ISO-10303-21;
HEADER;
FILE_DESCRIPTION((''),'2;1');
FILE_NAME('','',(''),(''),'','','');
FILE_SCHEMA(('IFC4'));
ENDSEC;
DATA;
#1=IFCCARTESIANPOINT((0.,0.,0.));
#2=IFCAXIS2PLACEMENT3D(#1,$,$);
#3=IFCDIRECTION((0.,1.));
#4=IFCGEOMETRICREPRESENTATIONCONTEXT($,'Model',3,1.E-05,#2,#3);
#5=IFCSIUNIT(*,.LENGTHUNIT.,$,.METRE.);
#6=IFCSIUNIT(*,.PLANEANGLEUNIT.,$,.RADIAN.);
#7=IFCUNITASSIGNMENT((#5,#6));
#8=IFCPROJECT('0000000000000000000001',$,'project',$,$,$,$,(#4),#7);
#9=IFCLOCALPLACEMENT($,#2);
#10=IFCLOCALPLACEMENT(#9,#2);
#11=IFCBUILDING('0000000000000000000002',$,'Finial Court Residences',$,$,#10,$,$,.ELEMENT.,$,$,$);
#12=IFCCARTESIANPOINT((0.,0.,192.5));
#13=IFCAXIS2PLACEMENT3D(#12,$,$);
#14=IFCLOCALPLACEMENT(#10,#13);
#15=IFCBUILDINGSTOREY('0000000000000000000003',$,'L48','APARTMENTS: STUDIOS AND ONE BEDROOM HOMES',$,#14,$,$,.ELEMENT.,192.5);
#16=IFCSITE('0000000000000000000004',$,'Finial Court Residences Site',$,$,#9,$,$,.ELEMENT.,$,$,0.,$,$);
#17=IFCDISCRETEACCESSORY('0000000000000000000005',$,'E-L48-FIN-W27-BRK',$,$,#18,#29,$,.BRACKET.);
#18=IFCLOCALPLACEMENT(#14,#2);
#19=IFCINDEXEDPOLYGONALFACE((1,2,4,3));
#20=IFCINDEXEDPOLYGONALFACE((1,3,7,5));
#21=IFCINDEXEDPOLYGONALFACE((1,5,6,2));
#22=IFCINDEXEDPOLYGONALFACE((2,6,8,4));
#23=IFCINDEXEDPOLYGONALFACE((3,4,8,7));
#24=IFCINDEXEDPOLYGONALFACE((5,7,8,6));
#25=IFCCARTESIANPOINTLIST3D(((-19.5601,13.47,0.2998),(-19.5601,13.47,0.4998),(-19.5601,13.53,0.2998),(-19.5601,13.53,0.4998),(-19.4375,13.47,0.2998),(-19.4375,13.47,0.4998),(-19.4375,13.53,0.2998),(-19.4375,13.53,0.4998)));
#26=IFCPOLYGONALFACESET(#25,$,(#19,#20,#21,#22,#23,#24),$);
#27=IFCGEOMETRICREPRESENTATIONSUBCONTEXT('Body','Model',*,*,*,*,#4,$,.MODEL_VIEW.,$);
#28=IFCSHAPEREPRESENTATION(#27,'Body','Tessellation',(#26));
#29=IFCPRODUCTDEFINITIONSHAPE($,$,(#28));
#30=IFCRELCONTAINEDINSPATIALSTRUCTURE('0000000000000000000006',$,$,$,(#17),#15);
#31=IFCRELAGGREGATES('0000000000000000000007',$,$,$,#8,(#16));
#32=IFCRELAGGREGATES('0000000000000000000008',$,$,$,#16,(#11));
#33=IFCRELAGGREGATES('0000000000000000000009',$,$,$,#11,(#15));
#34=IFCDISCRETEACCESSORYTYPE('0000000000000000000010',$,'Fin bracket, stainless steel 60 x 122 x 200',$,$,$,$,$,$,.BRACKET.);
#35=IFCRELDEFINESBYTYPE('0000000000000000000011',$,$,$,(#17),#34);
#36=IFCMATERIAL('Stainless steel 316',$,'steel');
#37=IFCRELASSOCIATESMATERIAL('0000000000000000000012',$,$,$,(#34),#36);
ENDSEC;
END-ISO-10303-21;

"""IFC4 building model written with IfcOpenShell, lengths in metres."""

from ifc_helpers import new_model, si_unit, direction, frame, origin, origin_2d, place, context, subcontext, project, spatial, rectangle, extrude, material, type_object, element, save


model = new_model("IFC4")

# Units and contexts
model_context = context("Model", 3, precision=1e-05, world=origin(), true_north=direction((0.0, 1.0)))
body_context = subcontext(model_context, "Body", "Model", "MODEL_VIEW")
ifc_project = project(units=[si_unit("LENGTHUNIT", "METRE"), si_unit("PLANEANGLEUNIT", "RADIAN")], contexts=[model_context])

# Site, building, storey
site_placement = place(None, origin())
site = spatial("IfcSite", under=ifc_project, at=site_placement, Name="Finial Court Residences Site", CompositionType="ELEMENT", RefElevation=0.0)
building_placement = place(site_placement, origin())
building = spatial("IfcBuilding", under=site, at=building_placement, Name="Finial Court Residences", CompositionType="ELEMENT")
storey_placement = place(building_placement, frame((0.0, 0.0, 192.5)))
storey = spatial("IfcBuildingStorey", under=building, at=storey_placement, Name="L48", Description="APARTMENTS: STUDIOS AND ONE BEDROOM HOMES", CompositionType="ELEMENT", Elevation=192.5)

# Discrete accessory
ifc_material_1 = material(Name="Stainless steel 316", Category="steel")
discrete_accessory_type = type_object("IfcDiscreteAccessoryType", Name="Fin bracket, stainless steel 60 x 122 x 200", PredefinedType="BRACKET", material=ifc_material_1)
discrete_accessory_placement = place(storey_placement, frame((-19.4988, 13.5, 0.2998), z_axis=(0.0, 0.0, 1.0), x_axis=(1.0, 0.0, 0.0)))
element("IfcDiscreteAccessory", 1, at=discrete_accessory_placement, inside=storey, type_object=discrete_accessory_type, Name="E-L48-FIN-W27-BRK", PredefinedType="BRACKET", context=body_context, shape_type="SweptSolid", body=[
    extrude(rectangle(XDim=0.1226, YDim=0.0601, at=origin_2d()), origin(), (0.0, 0.0, 1.0), 0.2),
])

save(model, "model.ifc")
